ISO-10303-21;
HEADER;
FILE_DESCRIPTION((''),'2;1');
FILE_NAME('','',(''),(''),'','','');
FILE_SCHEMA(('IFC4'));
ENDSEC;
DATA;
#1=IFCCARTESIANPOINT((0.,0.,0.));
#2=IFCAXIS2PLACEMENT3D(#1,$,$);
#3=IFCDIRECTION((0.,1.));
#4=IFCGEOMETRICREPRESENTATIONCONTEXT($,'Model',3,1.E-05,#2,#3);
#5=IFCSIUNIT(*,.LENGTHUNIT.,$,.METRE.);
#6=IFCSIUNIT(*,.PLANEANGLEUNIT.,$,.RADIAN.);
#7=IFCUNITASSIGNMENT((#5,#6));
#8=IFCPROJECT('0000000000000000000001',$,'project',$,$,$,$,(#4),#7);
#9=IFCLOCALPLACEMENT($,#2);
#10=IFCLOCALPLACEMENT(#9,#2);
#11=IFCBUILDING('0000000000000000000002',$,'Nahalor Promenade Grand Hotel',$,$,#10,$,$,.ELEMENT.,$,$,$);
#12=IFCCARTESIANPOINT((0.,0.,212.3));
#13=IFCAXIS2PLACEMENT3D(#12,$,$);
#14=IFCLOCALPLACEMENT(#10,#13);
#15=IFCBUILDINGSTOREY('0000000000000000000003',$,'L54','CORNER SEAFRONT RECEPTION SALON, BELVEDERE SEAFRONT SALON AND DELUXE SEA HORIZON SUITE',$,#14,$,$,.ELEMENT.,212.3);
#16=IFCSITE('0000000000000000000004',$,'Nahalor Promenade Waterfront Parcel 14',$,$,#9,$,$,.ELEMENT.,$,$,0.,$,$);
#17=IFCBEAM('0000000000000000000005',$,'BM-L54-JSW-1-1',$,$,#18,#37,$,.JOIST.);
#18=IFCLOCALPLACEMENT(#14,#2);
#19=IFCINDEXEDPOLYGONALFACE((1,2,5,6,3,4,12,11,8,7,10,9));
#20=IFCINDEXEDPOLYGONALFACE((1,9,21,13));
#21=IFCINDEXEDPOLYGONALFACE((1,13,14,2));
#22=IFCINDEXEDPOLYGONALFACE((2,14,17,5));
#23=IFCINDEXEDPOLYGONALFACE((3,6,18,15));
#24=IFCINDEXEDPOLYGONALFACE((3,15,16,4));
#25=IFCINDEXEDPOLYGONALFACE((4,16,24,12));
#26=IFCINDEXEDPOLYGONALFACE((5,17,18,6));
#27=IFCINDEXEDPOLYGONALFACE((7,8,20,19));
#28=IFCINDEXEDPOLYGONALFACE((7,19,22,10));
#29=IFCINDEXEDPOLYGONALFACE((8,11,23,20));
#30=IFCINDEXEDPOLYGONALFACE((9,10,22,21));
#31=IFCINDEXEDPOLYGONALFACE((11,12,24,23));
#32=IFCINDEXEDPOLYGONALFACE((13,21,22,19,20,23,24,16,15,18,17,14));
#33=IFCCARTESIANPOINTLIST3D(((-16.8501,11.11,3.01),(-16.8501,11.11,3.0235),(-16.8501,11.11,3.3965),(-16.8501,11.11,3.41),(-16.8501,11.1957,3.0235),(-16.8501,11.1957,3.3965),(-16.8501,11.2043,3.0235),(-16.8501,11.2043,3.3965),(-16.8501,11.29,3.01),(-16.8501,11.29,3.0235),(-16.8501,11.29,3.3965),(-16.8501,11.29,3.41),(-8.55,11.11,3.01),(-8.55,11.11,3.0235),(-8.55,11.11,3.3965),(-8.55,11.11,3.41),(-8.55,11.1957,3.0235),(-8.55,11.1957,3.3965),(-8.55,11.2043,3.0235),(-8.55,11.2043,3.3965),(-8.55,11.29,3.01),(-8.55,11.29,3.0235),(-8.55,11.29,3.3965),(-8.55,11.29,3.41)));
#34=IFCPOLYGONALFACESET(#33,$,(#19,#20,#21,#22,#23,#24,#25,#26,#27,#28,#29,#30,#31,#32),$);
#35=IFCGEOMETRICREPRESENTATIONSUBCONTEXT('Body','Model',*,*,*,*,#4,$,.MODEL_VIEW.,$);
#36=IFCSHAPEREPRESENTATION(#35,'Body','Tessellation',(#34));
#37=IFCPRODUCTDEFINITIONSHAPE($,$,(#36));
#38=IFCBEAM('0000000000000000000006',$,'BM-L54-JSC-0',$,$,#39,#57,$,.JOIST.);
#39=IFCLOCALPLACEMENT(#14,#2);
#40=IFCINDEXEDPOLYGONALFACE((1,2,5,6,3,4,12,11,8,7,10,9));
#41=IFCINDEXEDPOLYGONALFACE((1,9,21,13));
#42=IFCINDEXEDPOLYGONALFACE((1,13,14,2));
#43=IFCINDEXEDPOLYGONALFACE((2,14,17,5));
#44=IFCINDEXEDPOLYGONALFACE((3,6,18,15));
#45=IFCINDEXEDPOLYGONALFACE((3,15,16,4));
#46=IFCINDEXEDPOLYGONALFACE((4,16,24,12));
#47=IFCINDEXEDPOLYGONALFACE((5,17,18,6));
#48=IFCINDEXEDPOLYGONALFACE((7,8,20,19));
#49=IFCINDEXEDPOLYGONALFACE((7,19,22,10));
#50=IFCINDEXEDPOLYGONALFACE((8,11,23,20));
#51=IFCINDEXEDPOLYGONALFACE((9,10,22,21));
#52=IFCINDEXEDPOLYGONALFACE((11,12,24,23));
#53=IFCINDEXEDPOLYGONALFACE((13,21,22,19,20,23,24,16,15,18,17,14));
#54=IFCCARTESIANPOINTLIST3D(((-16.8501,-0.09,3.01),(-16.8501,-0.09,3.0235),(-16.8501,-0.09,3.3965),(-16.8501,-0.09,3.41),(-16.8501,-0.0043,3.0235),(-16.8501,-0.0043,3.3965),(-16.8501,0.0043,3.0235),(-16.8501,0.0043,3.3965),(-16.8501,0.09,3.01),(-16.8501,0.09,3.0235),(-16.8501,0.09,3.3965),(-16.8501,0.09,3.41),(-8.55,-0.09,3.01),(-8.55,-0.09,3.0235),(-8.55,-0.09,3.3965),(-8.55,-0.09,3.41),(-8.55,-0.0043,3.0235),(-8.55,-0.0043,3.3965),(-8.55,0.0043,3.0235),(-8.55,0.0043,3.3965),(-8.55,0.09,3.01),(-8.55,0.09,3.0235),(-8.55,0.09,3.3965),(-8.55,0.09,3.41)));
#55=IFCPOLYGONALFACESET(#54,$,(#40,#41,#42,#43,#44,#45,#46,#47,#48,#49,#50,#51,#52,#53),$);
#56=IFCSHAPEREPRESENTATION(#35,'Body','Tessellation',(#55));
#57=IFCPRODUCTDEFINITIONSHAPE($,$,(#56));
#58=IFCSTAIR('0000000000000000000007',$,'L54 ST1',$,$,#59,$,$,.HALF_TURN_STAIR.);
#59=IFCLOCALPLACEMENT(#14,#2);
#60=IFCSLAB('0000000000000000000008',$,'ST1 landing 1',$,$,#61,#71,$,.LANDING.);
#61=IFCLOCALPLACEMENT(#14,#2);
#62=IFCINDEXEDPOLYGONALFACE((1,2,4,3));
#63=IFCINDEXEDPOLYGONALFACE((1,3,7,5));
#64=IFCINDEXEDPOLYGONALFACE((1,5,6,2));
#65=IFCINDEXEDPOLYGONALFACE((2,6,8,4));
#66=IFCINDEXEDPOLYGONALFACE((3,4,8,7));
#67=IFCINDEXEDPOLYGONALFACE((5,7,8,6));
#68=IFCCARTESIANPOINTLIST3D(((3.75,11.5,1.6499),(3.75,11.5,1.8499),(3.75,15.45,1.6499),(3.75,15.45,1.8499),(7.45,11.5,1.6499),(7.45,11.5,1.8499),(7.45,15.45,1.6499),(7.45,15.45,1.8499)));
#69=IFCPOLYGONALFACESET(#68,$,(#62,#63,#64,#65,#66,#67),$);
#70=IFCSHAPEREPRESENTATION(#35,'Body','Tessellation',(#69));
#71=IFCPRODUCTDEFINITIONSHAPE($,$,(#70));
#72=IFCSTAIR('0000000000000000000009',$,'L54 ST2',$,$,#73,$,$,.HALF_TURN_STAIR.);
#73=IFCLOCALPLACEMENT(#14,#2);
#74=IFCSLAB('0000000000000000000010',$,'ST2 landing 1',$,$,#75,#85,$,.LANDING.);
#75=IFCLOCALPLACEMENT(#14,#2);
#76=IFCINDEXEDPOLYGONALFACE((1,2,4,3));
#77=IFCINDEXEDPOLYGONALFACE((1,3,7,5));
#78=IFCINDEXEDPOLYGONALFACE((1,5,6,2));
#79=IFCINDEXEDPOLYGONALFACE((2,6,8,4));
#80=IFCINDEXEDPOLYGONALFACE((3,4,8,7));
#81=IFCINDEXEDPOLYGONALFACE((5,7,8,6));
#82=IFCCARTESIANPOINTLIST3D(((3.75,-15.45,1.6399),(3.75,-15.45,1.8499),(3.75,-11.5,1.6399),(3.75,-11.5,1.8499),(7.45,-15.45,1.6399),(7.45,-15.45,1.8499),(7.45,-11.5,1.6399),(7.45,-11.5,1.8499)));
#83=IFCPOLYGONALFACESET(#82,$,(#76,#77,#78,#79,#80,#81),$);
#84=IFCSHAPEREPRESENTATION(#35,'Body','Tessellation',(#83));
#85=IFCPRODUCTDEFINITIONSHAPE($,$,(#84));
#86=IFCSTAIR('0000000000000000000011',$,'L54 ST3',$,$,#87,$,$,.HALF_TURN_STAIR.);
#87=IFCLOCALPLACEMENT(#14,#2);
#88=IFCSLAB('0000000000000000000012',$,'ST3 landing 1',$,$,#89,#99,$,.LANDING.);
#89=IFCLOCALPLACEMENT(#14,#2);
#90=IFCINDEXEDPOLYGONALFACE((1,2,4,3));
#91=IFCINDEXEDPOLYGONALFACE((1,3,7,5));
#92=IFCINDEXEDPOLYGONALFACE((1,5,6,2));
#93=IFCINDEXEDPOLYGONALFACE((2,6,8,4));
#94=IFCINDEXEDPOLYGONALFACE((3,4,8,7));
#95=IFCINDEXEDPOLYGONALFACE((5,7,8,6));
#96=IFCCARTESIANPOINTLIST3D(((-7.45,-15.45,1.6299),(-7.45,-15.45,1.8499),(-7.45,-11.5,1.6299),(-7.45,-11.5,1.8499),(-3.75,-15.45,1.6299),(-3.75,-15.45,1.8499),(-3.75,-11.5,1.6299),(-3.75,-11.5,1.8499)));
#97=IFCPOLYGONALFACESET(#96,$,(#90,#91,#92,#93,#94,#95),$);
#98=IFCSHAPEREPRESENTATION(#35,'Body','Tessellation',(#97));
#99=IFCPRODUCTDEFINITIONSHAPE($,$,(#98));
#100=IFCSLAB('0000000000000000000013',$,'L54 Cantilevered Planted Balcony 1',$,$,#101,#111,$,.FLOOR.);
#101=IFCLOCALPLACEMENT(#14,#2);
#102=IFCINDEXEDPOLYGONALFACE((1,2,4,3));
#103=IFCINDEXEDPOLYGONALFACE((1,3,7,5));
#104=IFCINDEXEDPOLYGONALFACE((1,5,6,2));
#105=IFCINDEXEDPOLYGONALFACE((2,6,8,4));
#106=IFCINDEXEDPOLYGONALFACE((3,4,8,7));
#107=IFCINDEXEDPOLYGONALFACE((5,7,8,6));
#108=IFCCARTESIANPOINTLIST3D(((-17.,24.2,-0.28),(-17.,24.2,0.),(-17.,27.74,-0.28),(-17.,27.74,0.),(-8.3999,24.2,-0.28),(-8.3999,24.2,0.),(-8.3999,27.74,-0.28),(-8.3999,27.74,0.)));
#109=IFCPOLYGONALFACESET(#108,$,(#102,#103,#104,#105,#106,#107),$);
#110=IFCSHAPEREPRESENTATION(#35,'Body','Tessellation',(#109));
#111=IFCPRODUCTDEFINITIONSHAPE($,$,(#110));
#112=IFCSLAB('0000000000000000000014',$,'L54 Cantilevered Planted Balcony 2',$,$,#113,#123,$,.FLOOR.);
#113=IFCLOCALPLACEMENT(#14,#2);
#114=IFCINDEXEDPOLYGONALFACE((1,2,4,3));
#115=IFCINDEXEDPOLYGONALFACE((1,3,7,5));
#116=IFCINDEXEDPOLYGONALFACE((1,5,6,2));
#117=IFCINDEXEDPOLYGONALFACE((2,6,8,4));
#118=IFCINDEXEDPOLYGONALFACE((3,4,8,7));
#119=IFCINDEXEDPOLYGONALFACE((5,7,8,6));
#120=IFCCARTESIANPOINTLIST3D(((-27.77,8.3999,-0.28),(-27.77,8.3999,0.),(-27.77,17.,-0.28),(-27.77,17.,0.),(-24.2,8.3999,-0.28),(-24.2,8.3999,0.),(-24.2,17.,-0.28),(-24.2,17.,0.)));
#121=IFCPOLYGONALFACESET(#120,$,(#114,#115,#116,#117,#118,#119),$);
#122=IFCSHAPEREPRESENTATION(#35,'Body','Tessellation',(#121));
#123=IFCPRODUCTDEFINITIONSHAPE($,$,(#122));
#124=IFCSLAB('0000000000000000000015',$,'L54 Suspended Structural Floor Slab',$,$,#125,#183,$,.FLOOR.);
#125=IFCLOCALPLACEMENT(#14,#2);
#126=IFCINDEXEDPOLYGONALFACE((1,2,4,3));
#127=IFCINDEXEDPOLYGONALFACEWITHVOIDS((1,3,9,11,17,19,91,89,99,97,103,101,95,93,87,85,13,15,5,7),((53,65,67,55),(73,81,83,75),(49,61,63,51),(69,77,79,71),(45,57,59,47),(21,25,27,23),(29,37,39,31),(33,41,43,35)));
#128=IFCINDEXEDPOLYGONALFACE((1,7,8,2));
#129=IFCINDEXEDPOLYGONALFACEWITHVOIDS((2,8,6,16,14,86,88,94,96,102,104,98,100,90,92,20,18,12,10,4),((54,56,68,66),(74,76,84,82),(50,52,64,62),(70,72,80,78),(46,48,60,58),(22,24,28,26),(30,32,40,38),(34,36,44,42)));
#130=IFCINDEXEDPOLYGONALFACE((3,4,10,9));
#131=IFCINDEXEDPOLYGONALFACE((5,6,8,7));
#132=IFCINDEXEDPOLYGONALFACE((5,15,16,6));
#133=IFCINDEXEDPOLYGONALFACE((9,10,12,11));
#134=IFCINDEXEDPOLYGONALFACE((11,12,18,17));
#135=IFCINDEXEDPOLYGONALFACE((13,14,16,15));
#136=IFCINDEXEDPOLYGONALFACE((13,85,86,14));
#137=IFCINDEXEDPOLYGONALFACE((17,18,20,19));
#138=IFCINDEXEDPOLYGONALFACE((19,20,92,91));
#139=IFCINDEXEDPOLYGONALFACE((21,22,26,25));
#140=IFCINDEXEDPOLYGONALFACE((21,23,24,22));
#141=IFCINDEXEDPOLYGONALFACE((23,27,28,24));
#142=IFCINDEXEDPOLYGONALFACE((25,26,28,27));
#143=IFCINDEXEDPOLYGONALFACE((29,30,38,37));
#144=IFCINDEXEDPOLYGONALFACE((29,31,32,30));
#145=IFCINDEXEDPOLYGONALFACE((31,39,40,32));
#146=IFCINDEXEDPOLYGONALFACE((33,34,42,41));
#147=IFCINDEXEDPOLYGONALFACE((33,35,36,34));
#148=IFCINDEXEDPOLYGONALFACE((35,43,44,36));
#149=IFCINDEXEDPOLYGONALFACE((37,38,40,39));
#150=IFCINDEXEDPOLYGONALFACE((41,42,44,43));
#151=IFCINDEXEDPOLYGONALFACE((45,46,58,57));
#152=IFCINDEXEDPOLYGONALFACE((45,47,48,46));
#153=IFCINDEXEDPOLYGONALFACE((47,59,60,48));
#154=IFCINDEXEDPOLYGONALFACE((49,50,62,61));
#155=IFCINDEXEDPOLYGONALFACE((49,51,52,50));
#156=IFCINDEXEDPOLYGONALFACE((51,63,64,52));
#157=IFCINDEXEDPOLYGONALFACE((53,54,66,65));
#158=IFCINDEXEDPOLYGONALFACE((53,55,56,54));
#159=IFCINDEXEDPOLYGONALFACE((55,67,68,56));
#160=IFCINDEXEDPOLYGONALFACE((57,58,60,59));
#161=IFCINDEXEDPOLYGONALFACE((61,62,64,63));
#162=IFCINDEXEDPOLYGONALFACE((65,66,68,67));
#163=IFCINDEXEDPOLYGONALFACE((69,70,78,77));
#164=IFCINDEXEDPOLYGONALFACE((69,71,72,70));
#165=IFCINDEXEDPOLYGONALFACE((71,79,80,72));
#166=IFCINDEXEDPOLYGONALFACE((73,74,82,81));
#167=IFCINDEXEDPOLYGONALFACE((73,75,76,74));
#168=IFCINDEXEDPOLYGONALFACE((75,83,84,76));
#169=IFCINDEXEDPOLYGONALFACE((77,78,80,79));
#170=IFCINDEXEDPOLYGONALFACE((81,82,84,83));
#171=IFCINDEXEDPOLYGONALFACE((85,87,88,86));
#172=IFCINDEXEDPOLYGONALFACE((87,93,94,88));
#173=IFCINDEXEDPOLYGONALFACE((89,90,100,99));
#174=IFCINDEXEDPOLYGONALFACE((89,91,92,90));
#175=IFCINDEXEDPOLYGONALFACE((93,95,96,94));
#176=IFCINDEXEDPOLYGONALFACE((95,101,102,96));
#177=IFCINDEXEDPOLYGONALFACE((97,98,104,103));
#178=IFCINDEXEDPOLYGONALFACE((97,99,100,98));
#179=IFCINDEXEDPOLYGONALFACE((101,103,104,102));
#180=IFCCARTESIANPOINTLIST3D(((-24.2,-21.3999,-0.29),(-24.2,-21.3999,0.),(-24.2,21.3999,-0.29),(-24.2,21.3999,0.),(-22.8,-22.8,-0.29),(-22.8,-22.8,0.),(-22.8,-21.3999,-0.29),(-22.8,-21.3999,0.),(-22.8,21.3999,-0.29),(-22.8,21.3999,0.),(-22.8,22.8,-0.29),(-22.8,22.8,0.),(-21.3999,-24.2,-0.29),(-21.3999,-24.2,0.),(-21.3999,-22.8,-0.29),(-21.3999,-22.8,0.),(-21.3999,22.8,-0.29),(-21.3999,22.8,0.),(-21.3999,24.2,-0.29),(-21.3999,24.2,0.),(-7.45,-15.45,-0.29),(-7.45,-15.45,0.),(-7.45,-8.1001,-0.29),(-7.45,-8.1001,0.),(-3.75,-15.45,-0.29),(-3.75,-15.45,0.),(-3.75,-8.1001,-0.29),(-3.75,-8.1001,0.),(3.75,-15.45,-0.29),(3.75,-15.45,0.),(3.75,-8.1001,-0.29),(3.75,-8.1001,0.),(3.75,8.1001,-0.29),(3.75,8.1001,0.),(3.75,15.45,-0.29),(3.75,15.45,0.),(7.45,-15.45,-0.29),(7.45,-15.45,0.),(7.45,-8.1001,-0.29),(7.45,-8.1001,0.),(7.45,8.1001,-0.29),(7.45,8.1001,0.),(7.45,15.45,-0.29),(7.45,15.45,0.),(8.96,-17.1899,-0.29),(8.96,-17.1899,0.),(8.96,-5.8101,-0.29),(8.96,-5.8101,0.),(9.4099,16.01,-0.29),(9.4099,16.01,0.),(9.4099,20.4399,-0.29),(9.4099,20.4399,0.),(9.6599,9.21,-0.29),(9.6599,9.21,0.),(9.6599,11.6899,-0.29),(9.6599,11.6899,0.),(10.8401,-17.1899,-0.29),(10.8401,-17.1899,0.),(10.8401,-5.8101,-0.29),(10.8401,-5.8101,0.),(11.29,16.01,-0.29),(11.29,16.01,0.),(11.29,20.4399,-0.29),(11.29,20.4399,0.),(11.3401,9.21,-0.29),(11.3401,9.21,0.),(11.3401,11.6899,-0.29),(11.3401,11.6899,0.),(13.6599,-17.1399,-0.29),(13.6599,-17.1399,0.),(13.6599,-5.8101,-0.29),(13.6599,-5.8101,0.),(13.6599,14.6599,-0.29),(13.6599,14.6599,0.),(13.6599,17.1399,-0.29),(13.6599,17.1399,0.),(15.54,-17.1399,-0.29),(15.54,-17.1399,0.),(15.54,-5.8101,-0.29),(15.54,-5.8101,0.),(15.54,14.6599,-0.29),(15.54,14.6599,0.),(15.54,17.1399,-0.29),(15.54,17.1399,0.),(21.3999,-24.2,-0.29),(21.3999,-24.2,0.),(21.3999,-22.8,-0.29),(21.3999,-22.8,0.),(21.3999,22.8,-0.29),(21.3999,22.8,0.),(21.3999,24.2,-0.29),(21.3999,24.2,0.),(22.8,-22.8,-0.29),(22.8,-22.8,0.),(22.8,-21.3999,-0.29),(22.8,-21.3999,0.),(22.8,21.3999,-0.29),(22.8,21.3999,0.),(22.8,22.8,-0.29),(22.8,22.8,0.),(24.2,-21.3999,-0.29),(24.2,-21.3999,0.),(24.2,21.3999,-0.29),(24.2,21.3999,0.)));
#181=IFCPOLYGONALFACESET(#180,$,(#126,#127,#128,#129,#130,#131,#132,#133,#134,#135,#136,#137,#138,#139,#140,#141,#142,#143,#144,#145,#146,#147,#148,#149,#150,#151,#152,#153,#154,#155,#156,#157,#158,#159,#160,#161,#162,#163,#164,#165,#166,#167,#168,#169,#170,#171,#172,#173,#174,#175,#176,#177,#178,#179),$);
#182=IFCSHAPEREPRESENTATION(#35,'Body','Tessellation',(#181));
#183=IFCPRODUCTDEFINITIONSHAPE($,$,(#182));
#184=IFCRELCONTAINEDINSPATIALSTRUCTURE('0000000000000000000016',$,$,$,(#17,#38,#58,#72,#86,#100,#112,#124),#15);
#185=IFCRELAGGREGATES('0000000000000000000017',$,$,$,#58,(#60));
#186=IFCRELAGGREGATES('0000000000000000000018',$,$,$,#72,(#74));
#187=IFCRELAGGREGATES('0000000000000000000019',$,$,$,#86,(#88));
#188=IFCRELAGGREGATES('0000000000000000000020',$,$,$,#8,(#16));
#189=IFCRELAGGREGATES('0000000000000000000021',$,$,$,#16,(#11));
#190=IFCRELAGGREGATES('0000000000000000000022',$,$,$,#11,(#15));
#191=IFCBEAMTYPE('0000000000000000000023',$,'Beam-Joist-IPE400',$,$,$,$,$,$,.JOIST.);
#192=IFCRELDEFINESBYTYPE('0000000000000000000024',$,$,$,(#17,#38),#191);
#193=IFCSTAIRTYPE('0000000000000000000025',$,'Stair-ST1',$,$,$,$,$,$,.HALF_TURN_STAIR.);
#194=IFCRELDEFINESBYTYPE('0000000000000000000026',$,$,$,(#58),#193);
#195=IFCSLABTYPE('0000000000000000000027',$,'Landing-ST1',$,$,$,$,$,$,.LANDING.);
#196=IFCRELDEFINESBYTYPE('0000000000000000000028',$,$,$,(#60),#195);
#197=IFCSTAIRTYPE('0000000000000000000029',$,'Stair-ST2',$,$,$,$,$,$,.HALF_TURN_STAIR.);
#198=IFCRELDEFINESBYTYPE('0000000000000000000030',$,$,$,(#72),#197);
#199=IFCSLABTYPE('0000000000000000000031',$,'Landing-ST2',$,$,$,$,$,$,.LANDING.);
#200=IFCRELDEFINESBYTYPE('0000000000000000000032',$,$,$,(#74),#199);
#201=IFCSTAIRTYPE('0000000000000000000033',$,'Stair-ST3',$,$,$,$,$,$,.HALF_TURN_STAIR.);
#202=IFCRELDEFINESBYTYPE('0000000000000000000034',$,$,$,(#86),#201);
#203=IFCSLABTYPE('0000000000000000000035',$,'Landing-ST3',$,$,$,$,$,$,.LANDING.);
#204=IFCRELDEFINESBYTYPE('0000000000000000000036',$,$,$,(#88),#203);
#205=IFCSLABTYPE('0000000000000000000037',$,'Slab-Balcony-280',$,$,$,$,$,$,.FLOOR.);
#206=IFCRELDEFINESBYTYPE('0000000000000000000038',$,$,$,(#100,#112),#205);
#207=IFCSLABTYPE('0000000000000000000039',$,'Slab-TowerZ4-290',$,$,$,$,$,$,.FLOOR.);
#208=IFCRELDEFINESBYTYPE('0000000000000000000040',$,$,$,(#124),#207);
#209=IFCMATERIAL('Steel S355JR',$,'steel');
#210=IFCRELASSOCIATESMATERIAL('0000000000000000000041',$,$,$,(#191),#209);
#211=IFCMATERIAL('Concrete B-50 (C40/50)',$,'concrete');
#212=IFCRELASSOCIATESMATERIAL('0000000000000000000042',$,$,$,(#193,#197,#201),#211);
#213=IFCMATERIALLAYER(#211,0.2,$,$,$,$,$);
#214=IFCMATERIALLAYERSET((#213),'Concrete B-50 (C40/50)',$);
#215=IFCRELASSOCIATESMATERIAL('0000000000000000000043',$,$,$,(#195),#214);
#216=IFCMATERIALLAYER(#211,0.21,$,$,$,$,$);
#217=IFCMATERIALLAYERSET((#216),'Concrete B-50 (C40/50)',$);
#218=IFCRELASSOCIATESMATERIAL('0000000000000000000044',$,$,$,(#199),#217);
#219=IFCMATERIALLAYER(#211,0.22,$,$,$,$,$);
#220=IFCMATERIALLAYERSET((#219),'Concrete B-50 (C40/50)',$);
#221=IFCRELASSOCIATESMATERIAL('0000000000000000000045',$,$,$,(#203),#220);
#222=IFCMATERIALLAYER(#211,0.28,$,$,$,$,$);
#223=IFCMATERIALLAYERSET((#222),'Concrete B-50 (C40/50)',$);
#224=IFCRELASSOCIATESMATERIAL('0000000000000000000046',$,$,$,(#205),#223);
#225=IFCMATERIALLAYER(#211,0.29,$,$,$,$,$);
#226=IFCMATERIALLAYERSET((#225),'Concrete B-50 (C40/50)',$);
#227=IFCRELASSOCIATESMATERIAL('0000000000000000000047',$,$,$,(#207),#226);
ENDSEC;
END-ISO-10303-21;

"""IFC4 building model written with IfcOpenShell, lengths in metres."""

from ifc_helpers import new_model, si_unit, direction, frame, origin, origin_2d, place, context, subcontext, project, spatial, polyline, i_section, outline, extrude, source, transform, mapped, material, layer, layer_set, material_profile, profile_set, type_object, element, aggregate, save


model = new_model("IFC4")

# Units and contexts
model_context = context("Model", 3, precision=1e-05, world=origin(), true_north=direction((0.0, 1.0)))
body_context = subcontext(model_context, "Body", "Model", "MODEL_VIEW")
ifc_project = project(units=[si_unit("LENGTHUNIT", "METRE"), si_unit("PLANEANGLEUNIT", "RADIAN")], contexts=[model_context])

# Site, building, storey
site_placement = place(None, origin())
site = spatial("IfcSite", under=ifc_project, at=site_placement, Name="Nahalor Promenade Waterfront Parcel 14", CompositionType="ELEMENT", RefElevation=0.0)
building_placement = place(site_placement, origin())
building = spatial("IfcBuilding", under=site, at=building_placement, Name="Nahalor Promenade Grand Hotel", CompositionType="ELEMENT")
storey_placement = place(building_placement, frame((0.0, 0.0, 212.3)))
storey = spatial("IfcBuildingStorey", under=building, at=storey_placement, Name="L54", Description="CORNER SEAFRONT RECEPTION SALON, BELVEDERE SEAFRONT SALON AND DELUXE SEA HORIZON SUITE", CompositionType="ELEMENT", Elevation=212.3)

# Beams
ifc_material_1 = material(Name="Steel S355JR", Category="steel")
ifc_material_profile_1 = material_profile(ifc_material_1, i_section(OverallWidth=0.18, OverallDepth=0.4, WebThickness=0.0086, FlangeThickness=0.0135, at=origin_2d()), Name="IPE 400")
ifc_profile_set_1 = profile_set([ifc_material_profile_1], Name="Steel S355JR")
beam_type_1 = type_object("IfcBeamType", Name="Beam-Joist-IPE400", PredefinedType="JOIST", material=ifc_profile_set_1)
shared_shape_1 = source(origin(), body_context, "Body", "SweptSolid", [
    extrude(i_section(OverallWidth=0.18, OverallDepth=0.4, WebThickness=0.0086, FlangeThickness=0.0135, at=origin_2d()), origin(), (0.0, 0.0, 1.0), 8.3),
])
for number, where, z_axis, x_axis, name in (
    (1, (-16.8501, 11.2, 3.21), (1.0, 0.0, 0.0), (0.0, 1.0, 0.0), "BM-L54-JSW-1-1"),
    (2, (-16.8501, 0.0, 3.21), (1.0, 0.0, 0.0), (0.0, 1.0, 0.0), "BM-L54-JSC-0"),
):
    element("IfcBeam", number, at=place(storey_placement, frame(where, z_axis=z_axis, x_axis=x_axis)), inside=storey, type_object=beam_type_1, Name=name, PredefinedType="JOIST", context=body_context, shape_type="MappedRepresentation", body=[
        mapped(shared_shape_1, transform((0.0, 0.0, 0.0), scale=1.0)),
    ])

# Stairs, slabs
ifc_material_2 = material(Name="Concrete B-50 (C40/50)", Category="concrete")
stair_type_1 = type_object("IfcStairType", Name="Stair-ST1", PredefinedType="HALF_TURN_STAIR", material=ifc_material_2)
stair_1_placement = place(storey_placement, origin())
stair_1 = element("IfcStair", 3, at=stair_1_placement, inside=storey, type_object=stair_type_1, Name="L54 ST1", PredefinedType="HALF_TURN_STAIR")
ifc_layer_1 = layer(ifc_material_2, 0.2)
ifc_layer_set_1 = layer_set([ifc_layer_1], Name="Concrete B-50 (C40/50)")
slab_type_1 = type_object("IfcSlabType", Name="Landing-ST1", PredefinedType="LANDING", material=ifc_layer_set_1)
slab_1_placement = place(storey_placement, frame((0.0, 0.0, 1.6499)))
slab_1 = element("IfcSlab", 4, at=slab_1_placement, type_object=slab_type_1, Name="ST1 landing 1", PredefinedType="LANDING", context=body_context, shape_type="SweptSolid", body=[
    extrude(outline(polyline([(7.45, 11.5), (7.45, 15.45), (3.75, 15.45), (3.75, 11.5), (7.45, 11.5)])), origin(), (0.0, 0.0, 1.0), 0.2),
])
aggregate(stair_1, [slab_1])
stair_type_2 = type_object("IfcStairType", Name="Stair-ST2", PredefinedType="HALF_TURN_STAIR", material=ifc_material_2)
stair_2_placement = place(storey_placement, origin())
stair_2 = element("IfcStair", 5, at=stair_2_placement, inside=storey, type_object=stair_type_2, Name="L54 ST2", PredefinedType="HALF_TURN_STAIR")
ifc_layer_2 = layer(ifc_material_2, 0.21)
ifc_layer_set_2 = layer_set([ifc_layer_2], Name="Concrete B-50 (C40/50)")
slab_type_2 = type_object("IfcSlabType", Name="Landing-ST2", PredefinedType="LANDING", material=ifc_layer_set_2)
slab_2_placement = place(storey_placement, frame((0.0, 0.0, 1.6399)))
slab_2 = element("IfcSlab", 6, at=slab_2_placement, type_object=slab_type_2, Name="ST2 landing 1", PredefinedType="LANDING", context=body_context, shape_type="SweptSolid", body=[
    extrude(outline(polyline([(3.75, -11.5), (3.75, -15.45), (7.45, -15.45), (7.45, -11.5), (3.75, -11.5)])), origin(), (0.0, 0.0, 1.0), 0.21),
])
aggregate(stair_2, [slab_2])
stair_type_3 = type_object("IfcStairType", Name="Stair-ST3", PredefinedType="HALF_TURN_STAIR", material=ifc_material_2)
stair_3_placement = place(storey_placement, origin())
stair_3 = element("IfcStair", 7, at=stair_3_placement, inside=storey, type_object=stair_type_3, Name="L54 ST3", PredefinedType="HALF_TURN_STAIR")
ifc_layer_3 = layer(ifc_material_2, 0.22)
ifc_layer_set_3 = layer_set([ifc_layer_3], Name="Concrete B-50 (C40/50)")
slab_type_3 = type_object("IfcSlabType", Name="Landing-ST3", PredefinedType="LANDING", material=ifc_layer_set_3)
slab_3_placement = place(storey_placement, frame((0.0, 0.0, 1.6299)))
slab_3 = element("IfcSlab", 8, at=slab_3_placement, type_object=slab_type_3, Name="ST3 landing 1", PredefinedType="LANDING", context=body_context, shape_type="SweptSolid", body=[
    extrude(outline(polyline([(-7.45, -11.5), (-7.45, -15.45), (-3.75, -15.45), (-3.75, -11.5), (-7.45, -11.5)])), origin(), (0.0, 0.0, 1.0), 0.22),
])
aggregate(stair_3, [slab_3])

# Slabs
ifc_layer_4 = layer(ifc_material_2, 0.28)
ifc_layer_set_4 = layer_set([ifc_layer_4], Name="Concrete B-50 (C40/50)")
slab_type_4 = type_object("IfcSlabType", Name="Slab-Balcony-280", PredefinedType="FLOOR", material=ifc_layer_set_4)
slab_4_placement = place(storey_placement, frame((0.0, 0.0, -0.28)))
element("IfcSlab", 9, at=slab_4_placement, inside=storey, type_object=slab_type_4, Name="L54 Cantilevered Planted Balcony 1", PredefinedType="FLOOR", context=body_context, shape_type="SweptSolid", body=[
    extrude(outline(polyline([(-17.0, 24.2), (-8.3999, 24.2), (-8.3999, 27.74), (-17.0, 27.74), (-17.0, 24.2)])), origin(), (0.0, 0.0, 1.0), 0.28),
])
slab_5_placement = place(storey_placement, frame((0.0, 0.0, -0.28)))
element("IfcSlab", 10, at=slab_5_placement, inside=storey, type_object=slab_type_4, Name="L54 Cantilevered Planted Balcony 2", PredefinedType="FLOOR", context=body_context, shape_type="SweptSolid", body=[
    extrude(outline(polyline([(-27.77, 8.3999), (-24.2, 8.3999), (-24.2, 17.0), (-27.77, 17.0), (-27.77, 8.3999)])), origin(), (0.0, 0.0, 1.0), 0.28),
])
ifc_layer_5 = layer(ifc_material_2, 0.29)
ifc_layer_set_5 = layer_set([ifc_layer_5], Name="Concrete B-50 (C40/50)")
slab_type_5 = type_object("IfcSlabType", Name="Slab-TowerZ4-290", PredefinedType="FLOOR", material=ifc_layer_set_5)
slab_6_placement = place(storey_placement, frame((0.0, 0.0, -0.29)))
element("IfcSlab", 11, at=slab_6_placement, inside=storey, type_object=slab_type_5, Name="L54 Suspended Structural Floor Slab", PredefinedType="FLOOR", context=body_context, shape_type="SweptSolid", body=[
    extrude(outline(polyline([(-21.3999, -24.2), (21.3999, -24.2), (21.3999, -22.8), (22.8, -22.8), (22.8, -21.3999), (24.2, -21.3999), (24.2, 21.3999), (22.8, 21.3999), (22.8, 22.8), (21.3999, 22.8), (21.3999, 24.2), (-21.3999, 24.2), (-21.3999, 22.8), (-22.8, 22.8), (-22.8, 21.3999), (-24.2, 21.3999), (-24.2, -21.3999), (-22.8, -21.3999), (-22.8, -22.8), (-21.3999, -22.8), (-21.3999, -24.2)]), holes=[polyline([(3.75, 8.1001), (7.45, 8.1001), (7.45, 15.45), (3.75, 15.45), (3.75, 8.1001)]), polyline([(3.75, -15.45), (7.45, -15.45), (7.45, -8.1001), (3.75, -8.1001), (3.75, -15.45)]), polyline([(-7.45, -15.45), (-3.75, -15.45), (-3.75, -8.1001), (-7.45, -8.1001), (-7.45, -15.45)]), polyline([(13.6599, -17.1399), (15.54, -17.1399), (15.54, -5.8101), (13.6599, -5.8101), (13.6599, -17.1399)]), polyline([(8.96, -17.1899), (10.8401, -17.1899), (10.8401, -5.8101), (8.96, -5.8101), (8.96, -17.1899)]), polyline([(9.4099, 16.01), (11.29, 16.01), (11.29, 20.4399), (9.4099, 20.4399), (9.4099, 16.01)]), polyline([(9.6599, 9.21), (11.3401, 9.21), (11.3401, 11.6899), (9.6599, 11.6899), (9.6599, 9.21)]), polyline([(13.6599, 14.6599), (15.54, 14.6599), (15.54, 17.1399), (13.6599, 17.1399), (13.6599, 14.6599)])]), origin(), (0.0, 0.0, 1.0), 0.29),
])

save(model, "model.ifc")
